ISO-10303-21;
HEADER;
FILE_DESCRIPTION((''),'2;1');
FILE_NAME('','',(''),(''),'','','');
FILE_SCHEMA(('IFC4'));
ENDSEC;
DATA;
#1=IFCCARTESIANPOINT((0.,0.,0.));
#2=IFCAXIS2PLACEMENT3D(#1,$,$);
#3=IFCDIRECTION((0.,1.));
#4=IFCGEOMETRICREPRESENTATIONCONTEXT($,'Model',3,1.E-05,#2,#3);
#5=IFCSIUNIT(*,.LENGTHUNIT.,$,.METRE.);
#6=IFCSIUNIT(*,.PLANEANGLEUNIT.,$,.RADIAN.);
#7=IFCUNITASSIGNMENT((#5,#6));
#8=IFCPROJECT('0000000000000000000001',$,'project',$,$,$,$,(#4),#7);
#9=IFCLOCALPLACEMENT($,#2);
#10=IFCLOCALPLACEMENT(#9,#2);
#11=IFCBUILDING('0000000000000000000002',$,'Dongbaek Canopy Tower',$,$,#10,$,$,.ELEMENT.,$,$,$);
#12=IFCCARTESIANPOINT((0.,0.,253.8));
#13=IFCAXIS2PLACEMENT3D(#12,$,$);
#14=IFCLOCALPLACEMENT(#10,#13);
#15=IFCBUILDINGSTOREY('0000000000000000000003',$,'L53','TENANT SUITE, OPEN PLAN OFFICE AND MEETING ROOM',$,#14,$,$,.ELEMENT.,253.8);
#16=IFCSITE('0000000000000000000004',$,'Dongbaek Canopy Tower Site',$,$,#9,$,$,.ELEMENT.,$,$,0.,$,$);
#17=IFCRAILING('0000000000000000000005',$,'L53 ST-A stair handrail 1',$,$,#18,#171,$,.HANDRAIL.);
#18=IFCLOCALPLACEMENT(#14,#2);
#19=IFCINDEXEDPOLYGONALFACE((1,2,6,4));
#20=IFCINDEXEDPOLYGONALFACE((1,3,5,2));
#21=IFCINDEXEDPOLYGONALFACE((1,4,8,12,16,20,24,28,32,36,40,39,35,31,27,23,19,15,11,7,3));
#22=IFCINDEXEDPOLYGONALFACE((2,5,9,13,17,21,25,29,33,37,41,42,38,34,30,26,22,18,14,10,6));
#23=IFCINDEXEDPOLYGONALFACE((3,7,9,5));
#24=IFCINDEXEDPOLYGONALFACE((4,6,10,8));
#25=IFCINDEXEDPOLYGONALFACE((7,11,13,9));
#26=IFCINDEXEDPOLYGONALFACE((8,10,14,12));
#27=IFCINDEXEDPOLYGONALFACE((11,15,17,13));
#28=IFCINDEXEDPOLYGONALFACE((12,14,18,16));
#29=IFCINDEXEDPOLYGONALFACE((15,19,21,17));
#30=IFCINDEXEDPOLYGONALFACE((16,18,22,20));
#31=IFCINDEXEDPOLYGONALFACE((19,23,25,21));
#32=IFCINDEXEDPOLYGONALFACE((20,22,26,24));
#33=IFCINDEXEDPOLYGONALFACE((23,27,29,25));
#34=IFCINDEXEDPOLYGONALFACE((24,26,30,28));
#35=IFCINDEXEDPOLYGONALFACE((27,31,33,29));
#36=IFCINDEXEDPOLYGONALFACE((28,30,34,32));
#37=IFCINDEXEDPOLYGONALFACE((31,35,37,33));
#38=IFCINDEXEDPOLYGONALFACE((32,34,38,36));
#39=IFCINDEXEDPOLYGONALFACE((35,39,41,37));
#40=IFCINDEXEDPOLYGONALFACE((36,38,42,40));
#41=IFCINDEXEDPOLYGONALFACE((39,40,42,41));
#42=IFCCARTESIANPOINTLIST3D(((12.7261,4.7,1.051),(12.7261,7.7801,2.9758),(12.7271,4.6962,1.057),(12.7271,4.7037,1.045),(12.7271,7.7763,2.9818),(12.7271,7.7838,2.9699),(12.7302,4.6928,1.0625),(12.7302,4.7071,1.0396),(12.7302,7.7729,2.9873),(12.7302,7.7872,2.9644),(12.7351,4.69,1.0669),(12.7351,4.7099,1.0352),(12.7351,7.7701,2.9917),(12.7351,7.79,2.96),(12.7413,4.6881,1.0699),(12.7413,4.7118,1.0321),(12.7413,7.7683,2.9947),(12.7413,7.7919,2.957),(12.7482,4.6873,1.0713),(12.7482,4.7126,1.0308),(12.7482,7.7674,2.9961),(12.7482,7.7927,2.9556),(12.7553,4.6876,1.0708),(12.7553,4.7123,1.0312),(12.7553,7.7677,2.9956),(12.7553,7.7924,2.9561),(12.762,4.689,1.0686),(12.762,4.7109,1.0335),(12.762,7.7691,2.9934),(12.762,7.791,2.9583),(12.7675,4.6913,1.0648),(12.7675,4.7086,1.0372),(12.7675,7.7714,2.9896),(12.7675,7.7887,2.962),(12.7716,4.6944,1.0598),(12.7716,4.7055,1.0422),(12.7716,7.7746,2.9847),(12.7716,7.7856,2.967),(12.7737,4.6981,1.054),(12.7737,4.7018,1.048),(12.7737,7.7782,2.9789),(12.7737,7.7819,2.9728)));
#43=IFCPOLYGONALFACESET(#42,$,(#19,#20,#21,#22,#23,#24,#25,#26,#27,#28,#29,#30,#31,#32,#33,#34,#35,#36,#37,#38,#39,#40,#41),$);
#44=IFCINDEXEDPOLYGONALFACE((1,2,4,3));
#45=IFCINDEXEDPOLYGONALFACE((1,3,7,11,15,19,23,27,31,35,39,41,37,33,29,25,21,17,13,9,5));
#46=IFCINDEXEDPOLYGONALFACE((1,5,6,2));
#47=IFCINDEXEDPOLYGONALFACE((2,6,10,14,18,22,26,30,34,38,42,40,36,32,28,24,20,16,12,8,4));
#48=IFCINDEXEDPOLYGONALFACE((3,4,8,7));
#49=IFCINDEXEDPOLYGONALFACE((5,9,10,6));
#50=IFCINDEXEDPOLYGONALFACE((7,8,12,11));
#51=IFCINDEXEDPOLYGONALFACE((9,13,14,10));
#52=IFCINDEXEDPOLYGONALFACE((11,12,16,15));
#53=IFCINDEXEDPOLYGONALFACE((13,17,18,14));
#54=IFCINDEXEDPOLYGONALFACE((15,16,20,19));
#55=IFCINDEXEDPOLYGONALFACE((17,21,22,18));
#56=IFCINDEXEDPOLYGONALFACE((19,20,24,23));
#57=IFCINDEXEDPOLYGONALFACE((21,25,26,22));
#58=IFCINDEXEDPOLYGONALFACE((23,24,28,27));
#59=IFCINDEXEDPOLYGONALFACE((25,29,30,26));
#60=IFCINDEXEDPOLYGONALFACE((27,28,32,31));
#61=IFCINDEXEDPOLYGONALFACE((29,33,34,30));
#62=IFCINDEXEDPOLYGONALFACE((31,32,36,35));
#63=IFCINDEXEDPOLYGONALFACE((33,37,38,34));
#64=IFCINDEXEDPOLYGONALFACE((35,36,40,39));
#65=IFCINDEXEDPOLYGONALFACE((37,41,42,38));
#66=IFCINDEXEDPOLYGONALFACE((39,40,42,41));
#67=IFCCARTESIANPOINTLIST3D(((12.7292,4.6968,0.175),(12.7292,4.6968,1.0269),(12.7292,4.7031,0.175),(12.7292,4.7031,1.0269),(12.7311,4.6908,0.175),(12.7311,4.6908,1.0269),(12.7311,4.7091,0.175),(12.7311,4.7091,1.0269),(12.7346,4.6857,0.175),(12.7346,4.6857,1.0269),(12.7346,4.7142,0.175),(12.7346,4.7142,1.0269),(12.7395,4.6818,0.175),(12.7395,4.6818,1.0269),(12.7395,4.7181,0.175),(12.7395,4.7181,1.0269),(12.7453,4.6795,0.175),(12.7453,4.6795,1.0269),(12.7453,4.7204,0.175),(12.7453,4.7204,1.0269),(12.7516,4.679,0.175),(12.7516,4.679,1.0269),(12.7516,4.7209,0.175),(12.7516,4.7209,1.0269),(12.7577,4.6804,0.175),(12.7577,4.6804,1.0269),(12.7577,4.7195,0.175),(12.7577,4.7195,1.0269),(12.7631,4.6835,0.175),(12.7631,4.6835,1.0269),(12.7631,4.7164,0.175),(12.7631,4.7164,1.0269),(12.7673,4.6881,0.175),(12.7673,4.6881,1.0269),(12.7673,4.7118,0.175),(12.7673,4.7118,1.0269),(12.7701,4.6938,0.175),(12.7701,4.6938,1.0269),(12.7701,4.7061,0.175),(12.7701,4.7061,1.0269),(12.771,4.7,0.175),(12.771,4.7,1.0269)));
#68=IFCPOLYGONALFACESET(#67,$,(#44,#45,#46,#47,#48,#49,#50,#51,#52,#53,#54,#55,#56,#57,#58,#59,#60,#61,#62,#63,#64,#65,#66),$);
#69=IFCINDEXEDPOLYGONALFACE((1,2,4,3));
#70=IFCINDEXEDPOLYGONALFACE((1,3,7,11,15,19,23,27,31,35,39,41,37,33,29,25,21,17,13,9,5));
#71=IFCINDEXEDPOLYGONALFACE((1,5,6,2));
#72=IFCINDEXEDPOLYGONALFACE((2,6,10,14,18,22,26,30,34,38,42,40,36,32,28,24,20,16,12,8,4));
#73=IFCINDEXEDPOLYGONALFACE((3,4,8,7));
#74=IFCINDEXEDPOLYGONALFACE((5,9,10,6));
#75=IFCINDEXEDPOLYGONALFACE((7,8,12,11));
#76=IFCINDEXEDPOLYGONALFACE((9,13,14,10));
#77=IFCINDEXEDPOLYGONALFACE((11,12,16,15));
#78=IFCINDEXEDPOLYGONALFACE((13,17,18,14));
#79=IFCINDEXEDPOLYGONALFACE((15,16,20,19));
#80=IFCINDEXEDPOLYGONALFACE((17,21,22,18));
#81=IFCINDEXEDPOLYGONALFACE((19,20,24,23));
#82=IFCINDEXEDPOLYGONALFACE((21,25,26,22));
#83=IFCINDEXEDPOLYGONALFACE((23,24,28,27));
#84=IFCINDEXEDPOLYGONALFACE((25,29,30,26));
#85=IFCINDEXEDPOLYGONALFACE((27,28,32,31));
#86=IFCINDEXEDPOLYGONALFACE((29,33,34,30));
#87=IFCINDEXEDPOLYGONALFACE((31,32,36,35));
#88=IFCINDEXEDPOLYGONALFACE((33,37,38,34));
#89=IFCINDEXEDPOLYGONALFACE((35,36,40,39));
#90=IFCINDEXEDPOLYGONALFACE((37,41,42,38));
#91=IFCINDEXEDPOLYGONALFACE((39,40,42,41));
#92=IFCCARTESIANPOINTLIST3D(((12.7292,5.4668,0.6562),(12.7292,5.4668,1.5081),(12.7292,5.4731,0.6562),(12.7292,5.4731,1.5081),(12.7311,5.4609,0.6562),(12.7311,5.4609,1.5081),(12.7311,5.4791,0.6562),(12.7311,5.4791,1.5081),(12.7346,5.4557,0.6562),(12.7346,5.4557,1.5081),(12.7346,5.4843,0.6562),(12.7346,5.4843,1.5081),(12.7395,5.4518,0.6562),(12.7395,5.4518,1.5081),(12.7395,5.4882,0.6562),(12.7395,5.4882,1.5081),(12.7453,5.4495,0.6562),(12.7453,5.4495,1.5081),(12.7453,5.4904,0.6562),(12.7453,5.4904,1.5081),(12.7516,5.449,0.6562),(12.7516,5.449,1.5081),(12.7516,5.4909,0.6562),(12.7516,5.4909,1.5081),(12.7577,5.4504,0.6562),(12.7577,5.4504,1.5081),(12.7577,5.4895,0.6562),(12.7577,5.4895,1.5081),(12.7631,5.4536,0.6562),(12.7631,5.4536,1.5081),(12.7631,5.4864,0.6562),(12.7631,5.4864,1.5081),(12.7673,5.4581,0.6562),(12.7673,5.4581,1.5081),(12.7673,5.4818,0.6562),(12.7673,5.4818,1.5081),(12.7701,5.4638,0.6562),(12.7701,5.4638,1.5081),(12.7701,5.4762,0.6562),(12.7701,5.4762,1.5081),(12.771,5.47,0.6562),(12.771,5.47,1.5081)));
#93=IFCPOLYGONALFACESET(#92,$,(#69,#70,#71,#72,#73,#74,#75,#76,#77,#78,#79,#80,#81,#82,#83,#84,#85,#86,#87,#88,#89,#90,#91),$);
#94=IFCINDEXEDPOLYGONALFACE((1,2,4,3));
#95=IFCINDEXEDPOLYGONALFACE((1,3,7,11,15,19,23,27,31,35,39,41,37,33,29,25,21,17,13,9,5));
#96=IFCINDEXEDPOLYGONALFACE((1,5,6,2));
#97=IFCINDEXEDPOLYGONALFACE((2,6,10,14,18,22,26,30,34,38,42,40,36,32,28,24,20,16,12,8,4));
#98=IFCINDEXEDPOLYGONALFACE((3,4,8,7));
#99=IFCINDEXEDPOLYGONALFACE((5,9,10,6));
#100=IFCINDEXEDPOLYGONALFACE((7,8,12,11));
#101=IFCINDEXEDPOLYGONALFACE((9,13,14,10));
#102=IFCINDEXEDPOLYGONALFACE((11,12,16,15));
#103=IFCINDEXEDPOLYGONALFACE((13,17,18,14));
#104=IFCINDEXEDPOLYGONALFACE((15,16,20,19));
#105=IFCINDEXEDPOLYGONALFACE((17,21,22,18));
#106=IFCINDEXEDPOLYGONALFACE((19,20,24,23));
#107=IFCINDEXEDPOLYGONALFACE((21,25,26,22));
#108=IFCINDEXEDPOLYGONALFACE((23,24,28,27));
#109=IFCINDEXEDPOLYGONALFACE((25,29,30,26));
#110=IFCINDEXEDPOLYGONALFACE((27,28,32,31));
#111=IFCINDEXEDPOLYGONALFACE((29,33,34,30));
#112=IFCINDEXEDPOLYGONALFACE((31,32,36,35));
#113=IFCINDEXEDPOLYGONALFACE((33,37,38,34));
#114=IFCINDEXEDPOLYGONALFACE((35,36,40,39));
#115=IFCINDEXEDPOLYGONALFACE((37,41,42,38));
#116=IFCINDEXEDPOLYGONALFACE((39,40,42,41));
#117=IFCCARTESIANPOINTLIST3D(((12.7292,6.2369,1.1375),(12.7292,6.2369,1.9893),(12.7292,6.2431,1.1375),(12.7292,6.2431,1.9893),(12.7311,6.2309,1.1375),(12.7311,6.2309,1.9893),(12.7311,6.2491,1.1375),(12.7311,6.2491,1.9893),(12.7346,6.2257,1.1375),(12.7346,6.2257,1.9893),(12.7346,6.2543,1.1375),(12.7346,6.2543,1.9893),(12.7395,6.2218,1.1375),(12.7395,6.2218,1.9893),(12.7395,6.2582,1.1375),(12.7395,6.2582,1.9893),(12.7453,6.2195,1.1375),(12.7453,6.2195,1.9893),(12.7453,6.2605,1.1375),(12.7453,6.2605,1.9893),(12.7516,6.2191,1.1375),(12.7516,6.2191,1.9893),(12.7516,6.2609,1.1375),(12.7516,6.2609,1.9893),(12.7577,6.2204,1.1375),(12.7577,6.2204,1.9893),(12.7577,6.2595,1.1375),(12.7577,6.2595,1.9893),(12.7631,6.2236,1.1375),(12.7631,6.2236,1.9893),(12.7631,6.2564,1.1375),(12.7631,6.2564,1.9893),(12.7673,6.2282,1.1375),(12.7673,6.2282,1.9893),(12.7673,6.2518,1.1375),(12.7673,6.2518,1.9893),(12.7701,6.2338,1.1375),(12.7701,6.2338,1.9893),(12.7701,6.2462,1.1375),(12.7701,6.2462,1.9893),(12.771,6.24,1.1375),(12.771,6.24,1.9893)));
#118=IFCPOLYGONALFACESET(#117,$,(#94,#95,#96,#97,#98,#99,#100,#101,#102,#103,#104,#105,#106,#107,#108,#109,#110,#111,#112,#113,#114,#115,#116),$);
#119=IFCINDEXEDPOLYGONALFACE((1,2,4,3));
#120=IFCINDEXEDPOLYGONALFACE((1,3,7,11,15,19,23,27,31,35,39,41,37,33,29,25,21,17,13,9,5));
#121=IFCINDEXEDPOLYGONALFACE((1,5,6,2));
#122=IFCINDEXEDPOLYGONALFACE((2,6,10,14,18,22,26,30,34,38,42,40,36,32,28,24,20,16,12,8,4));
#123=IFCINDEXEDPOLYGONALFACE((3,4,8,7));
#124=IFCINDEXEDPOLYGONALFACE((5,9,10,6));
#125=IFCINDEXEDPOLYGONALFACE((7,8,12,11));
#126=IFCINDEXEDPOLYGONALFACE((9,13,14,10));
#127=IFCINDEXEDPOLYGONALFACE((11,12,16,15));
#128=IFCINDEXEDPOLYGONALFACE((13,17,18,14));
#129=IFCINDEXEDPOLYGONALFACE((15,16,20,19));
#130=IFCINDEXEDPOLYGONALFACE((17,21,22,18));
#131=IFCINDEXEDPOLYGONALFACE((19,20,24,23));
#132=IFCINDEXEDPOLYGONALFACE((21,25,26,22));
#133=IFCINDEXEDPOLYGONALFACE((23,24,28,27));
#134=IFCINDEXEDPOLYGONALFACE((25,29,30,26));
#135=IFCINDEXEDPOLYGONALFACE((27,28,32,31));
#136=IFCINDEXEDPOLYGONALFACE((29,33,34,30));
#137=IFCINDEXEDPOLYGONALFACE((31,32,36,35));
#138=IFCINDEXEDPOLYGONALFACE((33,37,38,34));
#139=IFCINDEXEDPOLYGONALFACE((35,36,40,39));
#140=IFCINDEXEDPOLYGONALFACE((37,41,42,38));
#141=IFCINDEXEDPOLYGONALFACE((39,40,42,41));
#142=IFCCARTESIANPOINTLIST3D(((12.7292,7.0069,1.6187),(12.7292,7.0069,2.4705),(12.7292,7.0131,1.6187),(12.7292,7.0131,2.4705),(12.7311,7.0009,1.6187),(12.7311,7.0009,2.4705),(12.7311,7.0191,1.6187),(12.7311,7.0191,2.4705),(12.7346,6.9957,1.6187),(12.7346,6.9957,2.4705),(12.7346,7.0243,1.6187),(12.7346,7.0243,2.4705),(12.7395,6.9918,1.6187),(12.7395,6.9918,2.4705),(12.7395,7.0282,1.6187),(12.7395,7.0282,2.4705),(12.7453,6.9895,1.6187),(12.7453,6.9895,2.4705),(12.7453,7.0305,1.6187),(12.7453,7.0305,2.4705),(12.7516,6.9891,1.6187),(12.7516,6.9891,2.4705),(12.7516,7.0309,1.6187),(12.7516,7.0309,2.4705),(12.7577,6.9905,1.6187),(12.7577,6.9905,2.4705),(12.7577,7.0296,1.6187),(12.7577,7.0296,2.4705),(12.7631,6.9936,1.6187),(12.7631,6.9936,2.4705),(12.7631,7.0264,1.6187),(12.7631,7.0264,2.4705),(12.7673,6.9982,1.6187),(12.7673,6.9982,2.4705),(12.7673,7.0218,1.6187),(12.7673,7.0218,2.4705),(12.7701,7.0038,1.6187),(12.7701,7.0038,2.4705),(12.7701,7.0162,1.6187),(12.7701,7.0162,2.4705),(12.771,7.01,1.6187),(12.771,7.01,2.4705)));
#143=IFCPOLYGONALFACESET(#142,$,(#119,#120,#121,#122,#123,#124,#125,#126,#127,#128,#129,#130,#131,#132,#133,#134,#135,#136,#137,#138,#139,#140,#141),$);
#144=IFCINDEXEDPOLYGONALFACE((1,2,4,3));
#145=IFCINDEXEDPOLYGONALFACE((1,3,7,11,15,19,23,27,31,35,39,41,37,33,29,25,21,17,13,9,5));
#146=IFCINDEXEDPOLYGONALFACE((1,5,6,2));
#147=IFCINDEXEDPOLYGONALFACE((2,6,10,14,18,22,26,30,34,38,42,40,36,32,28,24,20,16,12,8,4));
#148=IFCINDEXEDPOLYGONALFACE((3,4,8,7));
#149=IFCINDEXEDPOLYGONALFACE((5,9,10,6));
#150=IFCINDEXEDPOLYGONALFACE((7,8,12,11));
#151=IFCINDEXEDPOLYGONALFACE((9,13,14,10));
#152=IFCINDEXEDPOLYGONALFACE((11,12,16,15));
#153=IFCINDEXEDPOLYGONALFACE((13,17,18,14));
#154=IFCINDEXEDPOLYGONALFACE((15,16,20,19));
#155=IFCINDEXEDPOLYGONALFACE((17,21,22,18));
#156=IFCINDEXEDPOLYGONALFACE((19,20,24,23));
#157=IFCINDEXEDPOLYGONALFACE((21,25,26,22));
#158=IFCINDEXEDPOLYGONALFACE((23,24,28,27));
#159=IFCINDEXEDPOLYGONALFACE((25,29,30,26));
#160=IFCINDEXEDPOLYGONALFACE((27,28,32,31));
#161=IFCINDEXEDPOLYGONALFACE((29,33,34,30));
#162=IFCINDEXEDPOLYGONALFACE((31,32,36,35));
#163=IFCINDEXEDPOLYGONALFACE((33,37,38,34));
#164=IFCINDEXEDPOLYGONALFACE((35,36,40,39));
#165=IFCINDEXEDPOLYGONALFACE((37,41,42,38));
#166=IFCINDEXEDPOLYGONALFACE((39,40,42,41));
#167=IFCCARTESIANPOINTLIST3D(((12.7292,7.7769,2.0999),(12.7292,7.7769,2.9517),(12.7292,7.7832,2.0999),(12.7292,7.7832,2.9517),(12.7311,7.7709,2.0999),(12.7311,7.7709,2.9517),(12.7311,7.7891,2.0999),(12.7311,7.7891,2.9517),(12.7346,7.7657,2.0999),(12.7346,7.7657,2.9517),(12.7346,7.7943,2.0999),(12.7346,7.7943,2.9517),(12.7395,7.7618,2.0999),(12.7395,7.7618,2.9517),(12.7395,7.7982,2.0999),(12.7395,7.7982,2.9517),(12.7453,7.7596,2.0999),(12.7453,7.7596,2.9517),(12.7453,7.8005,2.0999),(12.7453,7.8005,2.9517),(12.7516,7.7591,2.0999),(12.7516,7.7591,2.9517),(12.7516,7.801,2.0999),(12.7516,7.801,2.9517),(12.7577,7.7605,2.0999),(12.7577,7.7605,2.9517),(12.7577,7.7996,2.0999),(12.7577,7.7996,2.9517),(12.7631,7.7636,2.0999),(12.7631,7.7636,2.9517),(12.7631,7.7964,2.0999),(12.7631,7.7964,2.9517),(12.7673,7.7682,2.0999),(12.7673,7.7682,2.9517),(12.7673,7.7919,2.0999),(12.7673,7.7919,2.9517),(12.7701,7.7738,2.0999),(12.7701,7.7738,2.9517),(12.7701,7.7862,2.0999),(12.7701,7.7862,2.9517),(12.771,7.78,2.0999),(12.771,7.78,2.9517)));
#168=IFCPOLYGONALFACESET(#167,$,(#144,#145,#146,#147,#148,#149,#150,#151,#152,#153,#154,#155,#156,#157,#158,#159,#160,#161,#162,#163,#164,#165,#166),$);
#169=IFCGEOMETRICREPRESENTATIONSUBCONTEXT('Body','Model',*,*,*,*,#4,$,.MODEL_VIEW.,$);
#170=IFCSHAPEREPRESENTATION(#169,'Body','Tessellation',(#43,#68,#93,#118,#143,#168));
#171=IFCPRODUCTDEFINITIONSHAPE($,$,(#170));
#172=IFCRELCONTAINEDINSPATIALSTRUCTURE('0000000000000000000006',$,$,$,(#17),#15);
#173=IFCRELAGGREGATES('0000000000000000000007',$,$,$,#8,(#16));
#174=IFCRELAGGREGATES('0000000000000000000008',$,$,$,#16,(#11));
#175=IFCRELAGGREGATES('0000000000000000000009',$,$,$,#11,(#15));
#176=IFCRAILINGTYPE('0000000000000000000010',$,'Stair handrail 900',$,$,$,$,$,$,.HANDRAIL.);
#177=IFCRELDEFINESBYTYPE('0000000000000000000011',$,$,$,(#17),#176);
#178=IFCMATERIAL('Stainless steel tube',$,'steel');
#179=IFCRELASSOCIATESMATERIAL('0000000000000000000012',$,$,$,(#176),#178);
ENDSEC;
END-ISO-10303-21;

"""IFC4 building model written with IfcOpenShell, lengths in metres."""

from ifc_helpers import new_model, si_unit, direction, frame, origin, origin_2d, place, context, subcontext, project, spatial, circle, extrude, material, type_object, element, save


model = new_model("IFC4")

# Units and contexts
model_context = context("Model", 3, precision=1e-05, world=origin(), true_north=direction((0.0, 1.0)))
body_context = subcontext(model_context, "Body", "Model", "MODEL_VIEW")
ifc_project = project(units=[si_unit("LENGTHUNIT", "METRE"), si_unit("PLANEANGLEUNIT", "RADIAN")], contexts=[model_context])

# Site, building, storey
site_placement = place(None, origin())
site = spatial("IfcSite", under=ifc_project, at=site_placement, Name="Dongbaek Canopy Tower Site", CompositionType="ELEMENT", RefElevation=0.0)
building_placement = place(site_placement, origin())
building = spatial("IfcBuilding", under=site, at=building_placement, Name="Dongbaek Canopy Tower", CompositionType="ELEMENT")
storey_placement = place(building_placement, frame((0.0, 0.0, 253.8)))
storey = spatial("IfcBuildingStorey", under=building, at=storey_placement, Name="L53", Description="TENANT SUITE, OPEN PLAN OFFICE AND MEETING ROOM", CompositionType="ELEMENT", Elevation=253.8)

# Railing
ifc_material_1 = material(Name="Stainless steel tube", Category="steel")
railing_type_1 = type_object("IfcRailingType", Name="Stair handrail 900", PredefinedType="HANDRAIL", material=ifc_material_1)
railing_1_placement = place(storey_placement, frame((12.75, 4.7, 0.175)))
element("IfcRailing", 1, at=railing_1_placement, inside=storey, type_object=railing_type_1, Name="L53 ST-A stair handrail 1", PredefinedType="HANDRAIL", context=body_context, shape_type="SweptSolid", body=[
    extrude(circle(Radius=0.0239, at=origin_2d()), frame((0.0, 0.0, 0.876), z_axis=(0.0, 0.848029, 0.529951), x_axis=(-1.0, 0.0, 0.0)), (0.0, 0.0, 1.0), 3.6321),
    extrude(circle(Radius=0.021, at=origin_2d()), origin(), (0.0, 0.0, 1.0), 0.8518),
    extrude(circle(Radius=0.021, at=origin_2d()), frame((0.0, 0.77, 0.4812)), (0.0, 0.0, 1.0), 0.8518),
    extrude(circle(Radius=0.021, at=origin_2d()), frame((0.0, 1.54, 0.9624)), (0.0, 0.0, 1.0), 0.8518),
    extrude(circle(Radius=0.021, at=origin_2d()), frame((0.0, 2.3101, 1.4436)), (0.0, 0.0, 1.0), 0.8518),
    extrude(circle(Radius=0.021, at=origin_2d()), frame((0.0, 3.0801, 1.9248)), (0.0, 0.0, 1.0), 0.8518),
])

save(model, "model.ifc")
